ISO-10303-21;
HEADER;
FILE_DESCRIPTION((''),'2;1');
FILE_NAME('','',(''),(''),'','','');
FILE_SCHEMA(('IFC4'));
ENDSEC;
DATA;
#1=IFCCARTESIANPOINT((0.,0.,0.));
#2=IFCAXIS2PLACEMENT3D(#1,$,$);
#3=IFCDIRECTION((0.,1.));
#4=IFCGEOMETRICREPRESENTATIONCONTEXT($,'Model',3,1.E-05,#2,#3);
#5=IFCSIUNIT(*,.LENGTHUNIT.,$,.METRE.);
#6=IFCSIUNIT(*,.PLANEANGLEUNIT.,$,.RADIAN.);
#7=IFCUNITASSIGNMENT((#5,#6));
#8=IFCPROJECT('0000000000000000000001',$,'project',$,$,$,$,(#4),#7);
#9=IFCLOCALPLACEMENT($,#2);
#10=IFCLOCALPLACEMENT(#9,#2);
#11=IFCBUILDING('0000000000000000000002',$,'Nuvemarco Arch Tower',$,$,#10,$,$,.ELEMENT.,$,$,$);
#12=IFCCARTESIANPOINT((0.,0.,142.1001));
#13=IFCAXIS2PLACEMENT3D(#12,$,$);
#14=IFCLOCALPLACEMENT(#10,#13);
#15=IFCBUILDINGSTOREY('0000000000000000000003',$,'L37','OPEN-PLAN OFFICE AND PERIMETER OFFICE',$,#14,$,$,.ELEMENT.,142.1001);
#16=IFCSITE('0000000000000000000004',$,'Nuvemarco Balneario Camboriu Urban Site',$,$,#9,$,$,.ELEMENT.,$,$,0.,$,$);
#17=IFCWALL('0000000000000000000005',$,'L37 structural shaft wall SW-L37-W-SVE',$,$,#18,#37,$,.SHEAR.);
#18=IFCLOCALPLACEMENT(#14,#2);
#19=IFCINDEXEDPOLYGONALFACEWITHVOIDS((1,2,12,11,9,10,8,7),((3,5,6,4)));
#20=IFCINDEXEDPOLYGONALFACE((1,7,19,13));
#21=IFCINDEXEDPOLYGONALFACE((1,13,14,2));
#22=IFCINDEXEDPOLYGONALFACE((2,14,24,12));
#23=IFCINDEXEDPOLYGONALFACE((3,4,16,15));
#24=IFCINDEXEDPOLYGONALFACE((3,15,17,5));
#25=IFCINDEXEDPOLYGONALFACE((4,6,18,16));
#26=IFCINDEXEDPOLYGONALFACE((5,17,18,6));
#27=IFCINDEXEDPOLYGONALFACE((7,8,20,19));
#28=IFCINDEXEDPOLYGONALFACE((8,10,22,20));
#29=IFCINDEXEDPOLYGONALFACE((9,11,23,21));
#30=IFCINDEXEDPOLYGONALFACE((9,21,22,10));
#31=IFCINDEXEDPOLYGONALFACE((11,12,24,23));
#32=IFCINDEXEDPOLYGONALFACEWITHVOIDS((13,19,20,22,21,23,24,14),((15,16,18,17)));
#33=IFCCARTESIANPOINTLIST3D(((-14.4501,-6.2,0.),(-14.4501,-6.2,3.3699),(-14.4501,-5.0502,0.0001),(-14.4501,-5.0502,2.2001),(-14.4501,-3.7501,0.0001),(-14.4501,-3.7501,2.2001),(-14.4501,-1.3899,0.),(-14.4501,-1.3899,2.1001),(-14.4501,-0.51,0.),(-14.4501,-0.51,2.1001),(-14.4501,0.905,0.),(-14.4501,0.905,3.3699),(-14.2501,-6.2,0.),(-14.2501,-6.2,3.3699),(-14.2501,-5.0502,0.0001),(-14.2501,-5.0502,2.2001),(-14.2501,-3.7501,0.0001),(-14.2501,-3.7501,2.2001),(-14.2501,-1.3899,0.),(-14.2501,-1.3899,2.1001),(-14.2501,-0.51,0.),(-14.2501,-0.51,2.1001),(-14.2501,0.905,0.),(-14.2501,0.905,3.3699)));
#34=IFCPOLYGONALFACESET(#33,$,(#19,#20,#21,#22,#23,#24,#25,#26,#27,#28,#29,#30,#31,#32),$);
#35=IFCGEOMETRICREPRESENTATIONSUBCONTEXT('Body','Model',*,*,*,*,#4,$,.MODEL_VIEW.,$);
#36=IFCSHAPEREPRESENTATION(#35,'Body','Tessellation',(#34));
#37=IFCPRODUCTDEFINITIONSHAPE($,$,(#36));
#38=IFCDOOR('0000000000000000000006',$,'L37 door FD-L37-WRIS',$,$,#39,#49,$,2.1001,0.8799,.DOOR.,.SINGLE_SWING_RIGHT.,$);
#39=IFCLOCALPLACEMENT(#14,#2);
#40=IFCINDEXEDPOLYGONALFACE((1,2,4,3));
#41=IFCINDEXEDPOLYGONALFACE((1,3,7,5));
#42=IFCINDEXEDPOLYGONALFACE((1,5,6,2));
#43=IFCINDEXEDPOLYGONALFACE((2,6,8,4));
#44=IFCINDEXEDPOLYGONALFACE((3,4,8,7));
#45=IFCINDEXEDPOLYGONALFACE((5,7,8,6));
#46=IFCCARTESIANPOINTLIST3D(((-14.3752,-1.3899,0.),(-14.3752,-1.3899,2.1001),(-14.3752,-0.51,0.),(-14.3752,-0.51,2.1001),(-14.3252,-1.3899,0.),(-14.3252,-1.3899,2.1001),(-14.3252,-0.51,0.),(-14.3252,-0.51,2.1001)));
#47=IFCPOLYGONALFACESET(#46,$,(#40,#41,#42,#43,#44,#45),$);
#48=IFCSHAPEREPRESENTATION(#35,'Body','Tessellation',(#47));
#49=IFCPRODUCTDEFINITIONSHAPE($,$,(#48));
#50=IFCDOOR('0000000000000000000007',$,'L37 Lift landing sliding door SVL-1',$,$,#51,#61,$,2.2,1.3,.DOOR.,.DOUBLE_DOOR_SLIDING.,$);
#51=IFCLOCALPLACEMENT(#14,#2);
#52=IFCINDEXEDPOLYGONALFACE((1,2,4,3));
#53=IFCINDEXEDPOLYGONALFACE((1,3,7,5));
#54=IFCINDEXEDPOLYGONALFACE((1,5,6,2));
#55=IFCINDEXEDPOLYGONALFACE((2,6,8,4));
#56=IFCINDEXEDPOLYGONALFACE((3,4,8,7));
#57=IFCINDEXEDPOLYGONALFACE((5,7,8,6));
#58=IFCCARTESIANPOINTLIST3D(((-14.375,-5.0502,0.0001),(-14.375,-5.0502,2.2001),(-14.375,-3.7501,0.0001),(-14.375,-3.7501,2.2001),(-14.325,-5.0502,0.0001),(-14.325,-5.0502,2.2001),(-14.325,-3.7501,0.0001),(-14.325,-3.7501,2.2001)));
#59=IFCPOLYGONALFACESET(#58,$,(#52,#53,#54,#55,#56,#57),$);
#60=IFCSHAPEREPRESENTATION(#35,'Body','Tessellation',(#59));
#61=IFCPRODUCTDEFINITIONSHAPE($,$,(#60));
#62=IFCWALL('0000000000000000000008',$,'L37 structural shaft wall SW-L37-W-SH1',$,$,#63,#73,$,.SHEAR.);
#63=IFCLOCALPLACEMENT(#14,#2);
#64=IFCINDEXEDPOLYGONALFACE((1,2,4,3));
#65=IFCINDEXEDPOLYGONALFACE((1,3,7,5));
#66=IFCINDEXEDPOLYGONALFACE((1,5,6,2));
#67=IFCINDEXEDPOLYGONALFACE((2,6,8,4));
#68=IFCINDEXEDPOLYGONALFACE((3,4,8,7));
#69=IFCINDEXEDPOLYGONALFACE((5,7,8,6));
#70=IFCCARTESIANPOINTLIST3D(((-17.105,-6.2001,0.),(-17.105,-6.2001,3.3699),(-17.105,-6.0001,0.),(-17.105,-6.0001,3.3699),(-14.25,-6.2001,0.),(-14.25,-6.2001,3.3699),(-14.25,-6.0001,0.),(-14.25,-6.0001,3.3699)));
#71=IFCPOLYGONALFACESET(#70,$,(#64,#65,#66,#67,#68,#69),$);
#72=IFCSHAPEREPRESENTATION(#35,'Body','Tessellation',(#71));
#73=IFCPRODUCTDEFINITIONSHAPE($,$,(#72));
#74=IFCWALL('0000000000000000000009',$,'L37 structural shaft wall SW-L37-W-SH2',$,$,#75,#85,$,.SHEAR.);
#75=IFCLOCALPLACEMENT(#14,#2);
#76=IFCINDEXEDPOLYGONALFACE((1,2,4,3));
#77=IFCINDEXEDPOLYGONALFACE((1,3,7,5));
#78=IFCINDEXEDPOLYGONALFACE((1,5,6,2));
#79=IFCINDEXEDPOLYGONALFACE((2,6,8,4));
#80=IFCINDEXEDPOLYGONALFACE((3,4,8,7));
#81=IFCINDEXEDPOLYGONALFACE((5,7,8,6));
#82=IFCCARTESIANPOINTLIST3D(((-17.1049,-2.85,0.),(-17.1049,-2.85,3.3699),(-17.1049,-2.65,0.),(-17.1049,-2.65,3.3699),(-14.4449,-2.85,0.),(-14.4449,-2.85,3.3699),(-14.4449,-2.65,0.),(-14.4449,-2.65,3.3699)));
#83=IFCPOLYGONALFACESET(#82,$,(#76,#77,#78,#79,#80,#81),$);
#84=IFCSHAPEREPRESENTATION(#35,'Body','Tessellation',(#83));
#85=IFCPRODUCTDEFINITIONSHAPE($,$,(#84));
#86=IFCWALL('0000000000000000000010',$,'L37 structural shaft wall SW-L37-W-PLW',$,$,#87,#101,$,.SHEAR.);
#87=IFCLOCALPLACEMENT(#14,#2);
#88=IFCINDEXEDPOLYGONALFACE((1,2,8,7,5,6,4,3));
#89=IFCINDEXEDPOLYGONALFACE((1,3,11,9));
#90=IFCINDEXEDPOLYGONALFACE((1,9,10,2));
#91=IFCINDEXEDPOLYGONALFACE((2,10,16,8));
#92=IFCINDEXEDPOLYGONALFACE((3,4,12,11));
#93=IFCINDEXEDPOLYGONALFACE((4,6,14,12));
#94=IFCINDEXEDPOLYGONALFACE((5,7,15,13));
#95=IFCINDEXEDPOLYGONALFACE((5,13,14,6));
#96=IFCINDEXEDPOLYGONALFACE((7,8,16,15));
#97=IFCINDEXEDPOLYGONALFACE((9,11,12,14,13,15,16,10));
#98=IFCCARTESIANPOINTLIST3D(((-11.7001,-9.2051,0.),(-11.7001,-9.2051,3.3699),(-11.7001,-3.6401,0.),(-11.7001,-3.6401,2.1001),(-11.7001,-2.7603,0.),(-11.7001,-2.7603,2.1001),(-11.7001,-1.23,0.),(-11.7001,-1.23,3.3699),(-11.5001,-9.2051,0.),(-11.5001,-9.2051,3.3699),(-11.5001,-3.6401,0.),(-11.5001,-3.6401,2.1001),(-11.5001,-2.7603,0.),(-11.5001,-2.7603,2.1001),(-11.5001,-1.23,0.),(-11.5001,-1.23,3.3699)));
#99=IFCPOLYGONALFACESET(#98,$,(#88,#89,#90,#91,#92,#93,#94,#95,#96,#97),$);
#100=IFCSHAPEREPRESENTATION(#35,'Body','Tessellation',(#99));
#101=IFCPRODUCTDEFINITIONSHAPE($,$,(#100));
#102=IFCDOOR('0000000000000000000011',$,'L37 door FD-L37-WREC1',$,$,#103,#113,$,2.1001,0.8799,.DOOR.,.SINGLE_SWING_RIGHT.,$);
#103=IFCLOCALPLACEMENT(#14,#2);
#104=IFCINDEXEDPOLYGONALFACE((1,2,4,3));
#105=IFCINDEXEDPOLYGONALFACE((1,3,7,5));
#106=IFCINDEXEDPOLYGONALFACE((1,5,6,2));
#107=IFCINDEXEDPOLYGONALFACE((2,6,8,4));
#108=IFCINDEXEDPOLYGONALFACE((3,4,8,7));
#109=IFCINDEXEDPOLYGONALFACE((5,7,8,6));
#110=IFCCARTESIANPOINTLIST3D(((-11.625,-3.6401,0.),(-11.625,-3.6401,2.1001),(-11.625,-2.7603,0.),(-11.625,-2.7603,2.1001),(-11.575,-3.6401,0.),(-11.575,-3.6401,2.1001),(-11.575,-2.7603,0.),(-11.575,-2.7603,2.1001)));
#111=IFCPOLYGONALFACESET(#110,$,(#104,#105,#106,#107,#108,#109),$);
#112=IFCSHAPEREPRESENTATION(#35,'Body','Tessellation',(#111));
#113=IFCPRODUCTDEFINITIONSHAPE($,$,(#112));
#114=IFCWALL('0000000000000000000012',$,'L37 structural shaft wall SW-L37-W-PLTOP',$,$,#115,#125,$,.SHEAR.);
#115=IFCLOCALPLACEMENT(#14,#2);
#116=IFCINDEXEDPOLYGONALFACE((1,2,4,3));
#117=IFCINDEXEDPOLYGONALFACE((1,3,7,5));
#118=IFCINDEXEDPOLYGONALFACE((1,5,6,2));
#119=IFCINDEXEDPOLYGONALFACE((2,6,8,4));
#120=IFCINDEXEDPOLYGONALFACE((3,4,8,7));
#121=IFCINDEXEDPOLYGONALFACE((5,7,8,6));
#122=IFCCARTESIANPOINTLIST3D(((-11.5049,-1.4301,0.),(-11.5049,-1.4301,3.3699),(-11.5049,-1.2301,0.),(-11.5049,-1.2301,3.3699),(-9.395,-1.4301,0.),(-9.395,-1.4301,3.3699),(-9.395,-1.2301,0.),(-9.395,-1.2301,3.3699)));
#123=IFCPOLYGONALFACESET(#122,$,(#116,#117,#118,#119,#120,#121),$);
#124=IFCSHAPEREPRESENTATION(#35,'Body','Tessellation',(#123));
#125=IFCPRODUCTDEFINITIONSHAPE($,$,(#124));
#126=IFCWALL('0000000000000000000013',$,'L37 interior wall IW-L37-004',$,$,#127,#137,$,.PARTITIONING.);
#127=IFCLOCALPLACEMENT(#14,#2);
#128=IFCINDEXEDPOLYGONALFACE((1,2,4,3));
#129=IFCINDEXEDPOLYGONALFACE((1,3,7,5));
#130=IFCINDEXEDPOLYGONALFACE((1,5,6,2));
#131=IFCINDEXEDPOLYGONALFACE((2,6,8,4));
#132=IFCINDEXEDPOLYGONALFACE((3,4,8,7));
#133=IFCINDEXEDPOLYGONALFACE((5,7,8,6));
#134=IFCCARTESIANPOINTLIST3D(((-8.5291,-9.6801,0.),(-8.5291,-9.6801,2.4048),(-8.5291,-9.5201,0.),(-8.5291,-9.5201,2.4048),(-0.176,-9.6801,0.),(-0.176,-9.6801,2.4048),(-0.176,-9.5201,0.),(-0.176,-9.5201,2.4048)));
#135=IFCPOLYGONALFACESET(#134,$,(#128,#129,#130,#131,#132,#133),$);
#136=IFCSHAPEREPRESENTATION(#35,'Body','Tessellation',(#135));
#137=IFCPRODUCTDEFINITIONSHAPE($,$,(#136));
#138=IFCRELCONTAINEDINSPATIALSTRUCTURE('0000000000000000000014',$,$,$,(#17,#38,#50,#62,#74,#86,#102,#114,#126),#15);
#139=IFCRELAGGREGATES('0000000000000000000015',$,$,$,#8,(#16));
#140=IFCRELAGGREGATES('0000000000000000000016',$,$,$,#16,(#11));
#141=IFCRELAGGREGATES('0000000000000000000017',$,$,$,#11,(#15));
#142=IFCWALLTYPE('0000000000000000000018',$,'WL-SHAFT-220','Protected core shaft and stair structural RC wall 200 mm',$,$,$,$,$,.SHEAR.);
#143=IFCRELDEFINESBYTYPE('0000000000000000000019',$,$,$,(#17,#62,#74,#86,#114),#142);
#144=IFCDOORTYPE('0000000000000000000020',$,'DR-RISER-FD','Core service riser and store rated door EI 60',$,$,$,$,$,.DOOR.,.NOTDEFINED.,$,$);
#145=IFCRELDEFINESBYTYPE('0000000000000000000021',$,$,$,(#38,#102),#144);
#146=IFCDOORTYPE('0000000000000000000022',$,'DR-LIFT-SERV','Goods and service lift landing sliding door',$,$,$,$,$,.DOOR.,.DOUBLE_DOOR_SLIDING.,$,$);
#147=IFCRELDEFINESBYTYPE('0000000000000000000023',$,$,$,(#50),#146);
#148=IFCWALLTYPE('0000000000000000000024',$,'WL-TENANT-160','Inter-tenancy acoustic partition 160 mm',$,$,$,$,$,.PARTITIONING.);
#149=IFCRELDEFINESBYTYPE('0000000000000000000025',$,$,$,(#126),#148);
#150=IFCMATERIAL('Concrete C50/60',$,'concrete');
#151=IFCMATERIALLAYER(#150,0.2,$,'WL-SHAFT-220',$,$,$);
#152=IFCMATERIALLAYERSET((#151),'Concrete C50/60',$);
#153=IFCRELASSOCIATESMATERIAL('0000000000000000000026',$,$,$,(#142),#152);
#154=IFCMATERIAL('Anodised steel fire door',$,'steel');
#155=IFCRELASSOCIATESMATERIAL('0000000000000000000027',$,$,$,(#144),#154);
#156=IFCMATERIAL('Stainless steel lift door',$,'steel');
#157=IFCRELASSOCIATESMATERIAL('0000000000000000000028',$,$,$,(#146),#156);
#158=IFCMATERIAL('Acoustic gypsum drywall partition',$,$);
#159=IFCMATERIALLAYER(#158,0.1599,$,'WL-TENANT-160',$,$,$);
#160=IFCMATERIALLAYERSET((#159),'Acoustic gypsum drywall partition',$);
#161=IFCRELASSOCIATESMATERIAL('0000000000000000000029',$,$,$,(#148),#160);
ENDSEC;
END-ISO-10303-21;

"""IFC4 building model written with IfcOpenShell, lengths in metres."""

from ifc_helpers import new_model, si_unit, direction, frame, frame_2d, origin, place, context, subcontext, project, spatial, rectangle, extrude, source, transform, mapped, material, layer, layer_set, type_object, type_shapes, element, fill, save


model = new_model("IFC4")

# Units and contexts
model_context = context("Model", 3, precision=1e-05, world=origin(), true_north=direction((0.0, 1.0)))
body_context = subcontext(model_context, "Body", "Model", "MODEL_VIEW")
ifc_project = project(units=[si_unit("LENGTHUNIT", "METRE"), si_unit("PLANEANGLEUNIT", "RADIAN")], contexts=[model_context])

# Site, building, storey
site_placement = place(None, origin())
site = spatial("IfcSite", under=ifc_project, at=site_placement, Name="Nuvemarco Balneario Camboriu Urban Site", CompositionType="ELEMENT", RefElevation=0.0)
building_placement = place(site_placement, origin())
building = spatial("IfcBuilding", under=site, at=building_placement, Name="Nuvemarco Arch Tower", CompositionType="ELEMENT")
storey_placement = place(building_placement, frame((0.0, 0.0, 142.1001)))
storey = spatial("IfcBuildingStorey", under=building, at=storey_placement, Name="L37", Description="OPEN-PLAN OFFICE AND PERIMETER OFFICE", CompositionType="ELEMENT", Elevation=142.1001)

# Shared definitions
ifc_material_1 = material(Name="Concrete C50/60", Category="concrete")

# Shared definitions
ifc_material_2 = material(Name="Anodised steel fire door", Category="steel")

# Shared definitions
ifc_layer_1 = layer(ifc_material_1, 0.2, Name="WL-SHAFT-220")
ifc_layer_set_1 = layer_set([ifc_layer_1], Name="Concrete C50/60")
wall_type_1 = type_object("IfcWallType", Name="WL-SHAFT-220", Description="Protected core shaft and stair structural RC wall 200 mm", PredefinedType="SHEAR", material=ifc_layer_set_1)
ifc_material_3 = material(Name="Stainless steel lift door", Category="steel")

# Wall, openings, doors
wall_1_placement = place(storey_placement, frame((-14.3501, -6.2, 0.0), z_axis=(0.0, 0.0, 1.0), x_axis=(0.0, 1.0, 0.0)))
wall_1 = element("IfcWall", 1, at=wall_1_placement, inside=storey, type_object=wall_type_1, Name="L37 structural shaft wall SW-L37-W-SVE", PredefinedType="SHEAR", context=body_context, shape_type="SweptSolid", body=[
    extrude(rectangle(XDim=7.105, YDim=0.2, at=frame_2d((3.5525, 0.0))), origin(), (0.0, 0.0, 1.0), 3.3699),
])
opening_1_placement = place(wall_1_placement, frame((5.6899, 0.0, 0.0), z_axis=(0.0, 0.0, 1.0), x_axis=(-1.0, 0.0, 0.0)))
opening_1 = element("IfcOpeningElement", 2, at=opening_1_placement, cuts=wall_1, PredefinedType="OPENING", context=body_context, shape_type="SweptSolid", body=[
    extrude(rectangle(XDim=0.8799, YDim=2.1001, at=frame_2d((0.4399, 1.05))), frame((0.0, 0.1099, 0.0), z_axis=(0.0, -1.0, 0.0), x_axis=(1.0, 0.0, 0.0)), (0.0, 0.0, 1.0), 0.22),
])
opening_2_placement = place(wall_1_placement, frame((1.1499, 0.0, 0.0)))
opening_2 = element("IfcOpeningElement", 3, at=opening_2_placement, cuts=wall_1, PredefinedType="OPENING", context=body_context, shape_type="SweptSolid", body=[
    extrude(rectangle(XDim=1.3, YDim=2.2, at=frame_2d((0.6499, 1.1001))), frame((0.0, 0.1099, 0.0), z_axis=(0.0, -1.0, 0.0), x_axis=(1.0, 0.0, 0.0)), (0.0, 0.0, 1.0), 0.22),
])
door_type_1 = type_object("IfcDoorType", Name="DR-RISER-FD", Description="Core service riser and store rated door EI 60", OperationType="NOTDEFINED", PredefinedType="DOOR", material=ifc_material_2)
shared_shape_1 = source(origin(), body_context, "Body", "SweptSolid", [
    extrude(rectangle(XDim=0.8799, YDim=2.1001, at=frame_2d((0.4399, 1.05))), frame((0.0, 0.0249, 0.0), z_axis=(0.0, -1.0, 0.0), x_axis=(1.0, 0.0, 0.0)), (0.0, 0.0, 1.0), 0.05),
])
type_shapes(door_type_1, [shared_shape_1])
door_1_placement = place(opening_1_placement, origin())
door_1 = element("IfcDoor", 4, at=door_1_placement, inside=storey, type_object=door_type_1, Name="L37 door FD-L37-WRIS", OperationType="SINGLE_SWING_RIGHT", OverallHeight=2.1001, OverallWidth=0.8799, PredefinedType="DOOR", context=body_context, shape_type="MappedRepresentation", body=[
    mapped(shared_shape_1, transform((0.0, 0.0, 0.0), scale=1.0)),
])
fill(opening_1, door_1)
door_type_2 = type_object("IfcDoorType", Name="DR-LIFT-SERV", Description="Goods and service lift landing sliding door", OperationType="DOUBLE_DOOR_SLIDING", PredefinedType="DOOR", material=ifc_material_3)
shared_shape_2 = source(origin(), body_context, "Body", "SweptSolid", [
    extrude(rectangle(XDim=1.3, YDim=2.2, at=frame_2d((0.6499, 1.1001))), frame((0.0, 0.0249, 0.0), z_axis=(0.0, -1.0, 0.0), x_axis=(1.0, 0.0, 0.0)), (0.0, 0.0, 1.0), 0.05),
])
type_shapes(door_type_2, [shared_shape_2])
door_2_placement = place(opening_2_placement, origin())
door_2 = element("IfcDoor", 5, at=door_2_placement, inside=storey, type_object=door_type_2, Name="L37 Lift landing sliding door SVL-1", OperationType="DOUBLE_DOOR_SLIDING", OverallHeight=2.2, OverallWidth=1.3, PredefinedType="DOOR", context=body_context, shape_type="MappedRepresentation", body=[
    mapped(shared_shape_2, transform((0.0, 0.0, 0.0), scale=1.0)),
])
fill(opening_2, door_2)

# Walls
wall_2_placement = place(storey_placement, frame((-17.105, -6.1001, 0.0), z_axis=(0.0, 0.0, 1.0), x_axis=(1.0, 0.0, 0.0)))
element("IfcWall", 6, at=wall_2_placement, inside=storey, type_object=wall_type_1, Name="L37 structural shaft wall SW-L37-W-SH1", PredefinedType="SHEAR", context=body_context, shape_type="SweptSolid", body=[
    extrude(rectangle(XDim=2.855, YDim=0.2, at=frame_2d((1.4275, 0.0))), origin(), (0.0, 0.0, 1.0), 3.3699),
])
wall_3_placement = place(storey_placement, frame((-17.105, -2.75, 0.0), z_axis=(0.0, 0.0, 1.0), x_axis=(1.0, 0.0, 0.0)))
element("IfcWall", 7, at=wall_3_placement, inside=storey, type_object=wall_type_1, Name="L37 structural shaft wall SW-L37-W-SH2", PredefinedType="SHEAR", context=body_context, shape_type="SweptSolid", body=[
    extrude(rectangle(XDim=2.6599, YDim=0.2, at=frame_2d((1.3301, 0.0))), origin(), (0.0, 0.0, 1.0), 3.3699),
])

# Wall, opening, door
wall_4_placement = place(storey_placement, frame((-11.6001, -9.2051, 0.0), z_axis=(0.0, 0.0, 1.0), x_axis=(0.0, 1.0, 0.0)))
wall_4 = element("IfcWall", 8, at=wall_4_placement, inside=storey, type_object=wall_type_1, Name="L37 structural shaft wall SW-L37-W-PLW", PredefinedType="SHEAR", context=body_context, shape_type="SweptSolid", body=[
    extrude(rectangle(XDim=7.9751, YDim=0.2, at=frame_2d((3.9875, 0.0))), origin(), (0.0, 0.0, 1.0), 3.3699),
])
opening_3_placement = place(wall_4_placement, frame((5.5649, 0.0, 0.0)))
opening_3 = element("IfcOpeningElement", 9, at=opening_3_placement, cuts=wall_4, PredefinedType="OPENING", context=body_context, shape_type="SweptSolid", body=[
    extrude(rectangle(XDim=0.8799, YDim=2.1001, at=frame_2d((0.4399, 1.05))), frame((0.0, 0.1099, 0.0), z_axis=(0.0, -1.0, 0.0), x_axis=(1.0, 0.0, 0.0)), (0.0, 0.0, 1.0), 0.22),
])
door_3_placement = place(opening_3_placement, origin())
door_3 = element("IfcDoor", 10, at=door_3_placement, inside=storey, type_object=door_type_1, Name="L37 door FD-L37-WREC1", OperationType="SINGLE_SWING_RIGHT", OverallHeight=2.1001, OverallWidth=0.8799, PredefinedType="DOOR", context=body_context, shape_type="MappedRepresentation", body=[
    mapped(shared_shape_1, transform((0.0, 0.0, 0.0), scale=1.0)),
])
fill(opening_3, door_3)

# Walls
wall_5_placement = place(storey_placement, frame((-11.5049, -1.3301, 0.0), z_axis=(0.0, 0.0, 1.0), x_axis=(1.0, 0.0, 0.0)))
element("IfcWall", 11, at=wall_5_placement, inside=storey, type_object=wall_type_1, Name="L37 structural shaft wall SW-L37-W-PLTOP", PredefinedType="SHEAR", context=body_context, shape_type="SweptSolid", body=[
    extrude(rectangle(XDim=2.1099, YDim=0.2, at=frame_2d((1.0549, 0.0))), origin(), (0.0, 0.0, 1.0), 3.3699),
])
ifc_material_4 = material(Name="Acoustic gypsum drywall partition")
ifc_layer_2 = layer(ifc_material_4, 0.1599, Name="WL-TENANT-160")
ifc_layer_set_2 = layer_set([ifc_layer_2], Name="Acoustic gypsum drywall partition")
wall_type_2 = type_object("IfcWallType", Name="WL-TENANT-160", Description="Inter-tenancy acoustic partition 160 mm", PredefinedType="PARTITIONING", material=ifc_layer_set_2)
wall_6_placement = place(storey_placement, frame((-8.5291, -9.6001, 0.0), z_axis=(0.0, 0.0, 1.0), x_axis=(1.0, 0.0, 0.0)))
element("IfcWall", 12, at=wall_6_placement, inside=storey, type_object=wall_type_2, Name="L37 interior wall IW-L37-004", PredefinedType="PARTITIONING", context=body_context, shape_type="SweptSolid", body=[
    extrude(rectangle(XDim=8.353, YDim=0.1599, at=frame_2d((4.1765, 0.0))), origin(), (0.0, 0.0, 1.0), 2.4048),
])

save(model, "model.ifc")
